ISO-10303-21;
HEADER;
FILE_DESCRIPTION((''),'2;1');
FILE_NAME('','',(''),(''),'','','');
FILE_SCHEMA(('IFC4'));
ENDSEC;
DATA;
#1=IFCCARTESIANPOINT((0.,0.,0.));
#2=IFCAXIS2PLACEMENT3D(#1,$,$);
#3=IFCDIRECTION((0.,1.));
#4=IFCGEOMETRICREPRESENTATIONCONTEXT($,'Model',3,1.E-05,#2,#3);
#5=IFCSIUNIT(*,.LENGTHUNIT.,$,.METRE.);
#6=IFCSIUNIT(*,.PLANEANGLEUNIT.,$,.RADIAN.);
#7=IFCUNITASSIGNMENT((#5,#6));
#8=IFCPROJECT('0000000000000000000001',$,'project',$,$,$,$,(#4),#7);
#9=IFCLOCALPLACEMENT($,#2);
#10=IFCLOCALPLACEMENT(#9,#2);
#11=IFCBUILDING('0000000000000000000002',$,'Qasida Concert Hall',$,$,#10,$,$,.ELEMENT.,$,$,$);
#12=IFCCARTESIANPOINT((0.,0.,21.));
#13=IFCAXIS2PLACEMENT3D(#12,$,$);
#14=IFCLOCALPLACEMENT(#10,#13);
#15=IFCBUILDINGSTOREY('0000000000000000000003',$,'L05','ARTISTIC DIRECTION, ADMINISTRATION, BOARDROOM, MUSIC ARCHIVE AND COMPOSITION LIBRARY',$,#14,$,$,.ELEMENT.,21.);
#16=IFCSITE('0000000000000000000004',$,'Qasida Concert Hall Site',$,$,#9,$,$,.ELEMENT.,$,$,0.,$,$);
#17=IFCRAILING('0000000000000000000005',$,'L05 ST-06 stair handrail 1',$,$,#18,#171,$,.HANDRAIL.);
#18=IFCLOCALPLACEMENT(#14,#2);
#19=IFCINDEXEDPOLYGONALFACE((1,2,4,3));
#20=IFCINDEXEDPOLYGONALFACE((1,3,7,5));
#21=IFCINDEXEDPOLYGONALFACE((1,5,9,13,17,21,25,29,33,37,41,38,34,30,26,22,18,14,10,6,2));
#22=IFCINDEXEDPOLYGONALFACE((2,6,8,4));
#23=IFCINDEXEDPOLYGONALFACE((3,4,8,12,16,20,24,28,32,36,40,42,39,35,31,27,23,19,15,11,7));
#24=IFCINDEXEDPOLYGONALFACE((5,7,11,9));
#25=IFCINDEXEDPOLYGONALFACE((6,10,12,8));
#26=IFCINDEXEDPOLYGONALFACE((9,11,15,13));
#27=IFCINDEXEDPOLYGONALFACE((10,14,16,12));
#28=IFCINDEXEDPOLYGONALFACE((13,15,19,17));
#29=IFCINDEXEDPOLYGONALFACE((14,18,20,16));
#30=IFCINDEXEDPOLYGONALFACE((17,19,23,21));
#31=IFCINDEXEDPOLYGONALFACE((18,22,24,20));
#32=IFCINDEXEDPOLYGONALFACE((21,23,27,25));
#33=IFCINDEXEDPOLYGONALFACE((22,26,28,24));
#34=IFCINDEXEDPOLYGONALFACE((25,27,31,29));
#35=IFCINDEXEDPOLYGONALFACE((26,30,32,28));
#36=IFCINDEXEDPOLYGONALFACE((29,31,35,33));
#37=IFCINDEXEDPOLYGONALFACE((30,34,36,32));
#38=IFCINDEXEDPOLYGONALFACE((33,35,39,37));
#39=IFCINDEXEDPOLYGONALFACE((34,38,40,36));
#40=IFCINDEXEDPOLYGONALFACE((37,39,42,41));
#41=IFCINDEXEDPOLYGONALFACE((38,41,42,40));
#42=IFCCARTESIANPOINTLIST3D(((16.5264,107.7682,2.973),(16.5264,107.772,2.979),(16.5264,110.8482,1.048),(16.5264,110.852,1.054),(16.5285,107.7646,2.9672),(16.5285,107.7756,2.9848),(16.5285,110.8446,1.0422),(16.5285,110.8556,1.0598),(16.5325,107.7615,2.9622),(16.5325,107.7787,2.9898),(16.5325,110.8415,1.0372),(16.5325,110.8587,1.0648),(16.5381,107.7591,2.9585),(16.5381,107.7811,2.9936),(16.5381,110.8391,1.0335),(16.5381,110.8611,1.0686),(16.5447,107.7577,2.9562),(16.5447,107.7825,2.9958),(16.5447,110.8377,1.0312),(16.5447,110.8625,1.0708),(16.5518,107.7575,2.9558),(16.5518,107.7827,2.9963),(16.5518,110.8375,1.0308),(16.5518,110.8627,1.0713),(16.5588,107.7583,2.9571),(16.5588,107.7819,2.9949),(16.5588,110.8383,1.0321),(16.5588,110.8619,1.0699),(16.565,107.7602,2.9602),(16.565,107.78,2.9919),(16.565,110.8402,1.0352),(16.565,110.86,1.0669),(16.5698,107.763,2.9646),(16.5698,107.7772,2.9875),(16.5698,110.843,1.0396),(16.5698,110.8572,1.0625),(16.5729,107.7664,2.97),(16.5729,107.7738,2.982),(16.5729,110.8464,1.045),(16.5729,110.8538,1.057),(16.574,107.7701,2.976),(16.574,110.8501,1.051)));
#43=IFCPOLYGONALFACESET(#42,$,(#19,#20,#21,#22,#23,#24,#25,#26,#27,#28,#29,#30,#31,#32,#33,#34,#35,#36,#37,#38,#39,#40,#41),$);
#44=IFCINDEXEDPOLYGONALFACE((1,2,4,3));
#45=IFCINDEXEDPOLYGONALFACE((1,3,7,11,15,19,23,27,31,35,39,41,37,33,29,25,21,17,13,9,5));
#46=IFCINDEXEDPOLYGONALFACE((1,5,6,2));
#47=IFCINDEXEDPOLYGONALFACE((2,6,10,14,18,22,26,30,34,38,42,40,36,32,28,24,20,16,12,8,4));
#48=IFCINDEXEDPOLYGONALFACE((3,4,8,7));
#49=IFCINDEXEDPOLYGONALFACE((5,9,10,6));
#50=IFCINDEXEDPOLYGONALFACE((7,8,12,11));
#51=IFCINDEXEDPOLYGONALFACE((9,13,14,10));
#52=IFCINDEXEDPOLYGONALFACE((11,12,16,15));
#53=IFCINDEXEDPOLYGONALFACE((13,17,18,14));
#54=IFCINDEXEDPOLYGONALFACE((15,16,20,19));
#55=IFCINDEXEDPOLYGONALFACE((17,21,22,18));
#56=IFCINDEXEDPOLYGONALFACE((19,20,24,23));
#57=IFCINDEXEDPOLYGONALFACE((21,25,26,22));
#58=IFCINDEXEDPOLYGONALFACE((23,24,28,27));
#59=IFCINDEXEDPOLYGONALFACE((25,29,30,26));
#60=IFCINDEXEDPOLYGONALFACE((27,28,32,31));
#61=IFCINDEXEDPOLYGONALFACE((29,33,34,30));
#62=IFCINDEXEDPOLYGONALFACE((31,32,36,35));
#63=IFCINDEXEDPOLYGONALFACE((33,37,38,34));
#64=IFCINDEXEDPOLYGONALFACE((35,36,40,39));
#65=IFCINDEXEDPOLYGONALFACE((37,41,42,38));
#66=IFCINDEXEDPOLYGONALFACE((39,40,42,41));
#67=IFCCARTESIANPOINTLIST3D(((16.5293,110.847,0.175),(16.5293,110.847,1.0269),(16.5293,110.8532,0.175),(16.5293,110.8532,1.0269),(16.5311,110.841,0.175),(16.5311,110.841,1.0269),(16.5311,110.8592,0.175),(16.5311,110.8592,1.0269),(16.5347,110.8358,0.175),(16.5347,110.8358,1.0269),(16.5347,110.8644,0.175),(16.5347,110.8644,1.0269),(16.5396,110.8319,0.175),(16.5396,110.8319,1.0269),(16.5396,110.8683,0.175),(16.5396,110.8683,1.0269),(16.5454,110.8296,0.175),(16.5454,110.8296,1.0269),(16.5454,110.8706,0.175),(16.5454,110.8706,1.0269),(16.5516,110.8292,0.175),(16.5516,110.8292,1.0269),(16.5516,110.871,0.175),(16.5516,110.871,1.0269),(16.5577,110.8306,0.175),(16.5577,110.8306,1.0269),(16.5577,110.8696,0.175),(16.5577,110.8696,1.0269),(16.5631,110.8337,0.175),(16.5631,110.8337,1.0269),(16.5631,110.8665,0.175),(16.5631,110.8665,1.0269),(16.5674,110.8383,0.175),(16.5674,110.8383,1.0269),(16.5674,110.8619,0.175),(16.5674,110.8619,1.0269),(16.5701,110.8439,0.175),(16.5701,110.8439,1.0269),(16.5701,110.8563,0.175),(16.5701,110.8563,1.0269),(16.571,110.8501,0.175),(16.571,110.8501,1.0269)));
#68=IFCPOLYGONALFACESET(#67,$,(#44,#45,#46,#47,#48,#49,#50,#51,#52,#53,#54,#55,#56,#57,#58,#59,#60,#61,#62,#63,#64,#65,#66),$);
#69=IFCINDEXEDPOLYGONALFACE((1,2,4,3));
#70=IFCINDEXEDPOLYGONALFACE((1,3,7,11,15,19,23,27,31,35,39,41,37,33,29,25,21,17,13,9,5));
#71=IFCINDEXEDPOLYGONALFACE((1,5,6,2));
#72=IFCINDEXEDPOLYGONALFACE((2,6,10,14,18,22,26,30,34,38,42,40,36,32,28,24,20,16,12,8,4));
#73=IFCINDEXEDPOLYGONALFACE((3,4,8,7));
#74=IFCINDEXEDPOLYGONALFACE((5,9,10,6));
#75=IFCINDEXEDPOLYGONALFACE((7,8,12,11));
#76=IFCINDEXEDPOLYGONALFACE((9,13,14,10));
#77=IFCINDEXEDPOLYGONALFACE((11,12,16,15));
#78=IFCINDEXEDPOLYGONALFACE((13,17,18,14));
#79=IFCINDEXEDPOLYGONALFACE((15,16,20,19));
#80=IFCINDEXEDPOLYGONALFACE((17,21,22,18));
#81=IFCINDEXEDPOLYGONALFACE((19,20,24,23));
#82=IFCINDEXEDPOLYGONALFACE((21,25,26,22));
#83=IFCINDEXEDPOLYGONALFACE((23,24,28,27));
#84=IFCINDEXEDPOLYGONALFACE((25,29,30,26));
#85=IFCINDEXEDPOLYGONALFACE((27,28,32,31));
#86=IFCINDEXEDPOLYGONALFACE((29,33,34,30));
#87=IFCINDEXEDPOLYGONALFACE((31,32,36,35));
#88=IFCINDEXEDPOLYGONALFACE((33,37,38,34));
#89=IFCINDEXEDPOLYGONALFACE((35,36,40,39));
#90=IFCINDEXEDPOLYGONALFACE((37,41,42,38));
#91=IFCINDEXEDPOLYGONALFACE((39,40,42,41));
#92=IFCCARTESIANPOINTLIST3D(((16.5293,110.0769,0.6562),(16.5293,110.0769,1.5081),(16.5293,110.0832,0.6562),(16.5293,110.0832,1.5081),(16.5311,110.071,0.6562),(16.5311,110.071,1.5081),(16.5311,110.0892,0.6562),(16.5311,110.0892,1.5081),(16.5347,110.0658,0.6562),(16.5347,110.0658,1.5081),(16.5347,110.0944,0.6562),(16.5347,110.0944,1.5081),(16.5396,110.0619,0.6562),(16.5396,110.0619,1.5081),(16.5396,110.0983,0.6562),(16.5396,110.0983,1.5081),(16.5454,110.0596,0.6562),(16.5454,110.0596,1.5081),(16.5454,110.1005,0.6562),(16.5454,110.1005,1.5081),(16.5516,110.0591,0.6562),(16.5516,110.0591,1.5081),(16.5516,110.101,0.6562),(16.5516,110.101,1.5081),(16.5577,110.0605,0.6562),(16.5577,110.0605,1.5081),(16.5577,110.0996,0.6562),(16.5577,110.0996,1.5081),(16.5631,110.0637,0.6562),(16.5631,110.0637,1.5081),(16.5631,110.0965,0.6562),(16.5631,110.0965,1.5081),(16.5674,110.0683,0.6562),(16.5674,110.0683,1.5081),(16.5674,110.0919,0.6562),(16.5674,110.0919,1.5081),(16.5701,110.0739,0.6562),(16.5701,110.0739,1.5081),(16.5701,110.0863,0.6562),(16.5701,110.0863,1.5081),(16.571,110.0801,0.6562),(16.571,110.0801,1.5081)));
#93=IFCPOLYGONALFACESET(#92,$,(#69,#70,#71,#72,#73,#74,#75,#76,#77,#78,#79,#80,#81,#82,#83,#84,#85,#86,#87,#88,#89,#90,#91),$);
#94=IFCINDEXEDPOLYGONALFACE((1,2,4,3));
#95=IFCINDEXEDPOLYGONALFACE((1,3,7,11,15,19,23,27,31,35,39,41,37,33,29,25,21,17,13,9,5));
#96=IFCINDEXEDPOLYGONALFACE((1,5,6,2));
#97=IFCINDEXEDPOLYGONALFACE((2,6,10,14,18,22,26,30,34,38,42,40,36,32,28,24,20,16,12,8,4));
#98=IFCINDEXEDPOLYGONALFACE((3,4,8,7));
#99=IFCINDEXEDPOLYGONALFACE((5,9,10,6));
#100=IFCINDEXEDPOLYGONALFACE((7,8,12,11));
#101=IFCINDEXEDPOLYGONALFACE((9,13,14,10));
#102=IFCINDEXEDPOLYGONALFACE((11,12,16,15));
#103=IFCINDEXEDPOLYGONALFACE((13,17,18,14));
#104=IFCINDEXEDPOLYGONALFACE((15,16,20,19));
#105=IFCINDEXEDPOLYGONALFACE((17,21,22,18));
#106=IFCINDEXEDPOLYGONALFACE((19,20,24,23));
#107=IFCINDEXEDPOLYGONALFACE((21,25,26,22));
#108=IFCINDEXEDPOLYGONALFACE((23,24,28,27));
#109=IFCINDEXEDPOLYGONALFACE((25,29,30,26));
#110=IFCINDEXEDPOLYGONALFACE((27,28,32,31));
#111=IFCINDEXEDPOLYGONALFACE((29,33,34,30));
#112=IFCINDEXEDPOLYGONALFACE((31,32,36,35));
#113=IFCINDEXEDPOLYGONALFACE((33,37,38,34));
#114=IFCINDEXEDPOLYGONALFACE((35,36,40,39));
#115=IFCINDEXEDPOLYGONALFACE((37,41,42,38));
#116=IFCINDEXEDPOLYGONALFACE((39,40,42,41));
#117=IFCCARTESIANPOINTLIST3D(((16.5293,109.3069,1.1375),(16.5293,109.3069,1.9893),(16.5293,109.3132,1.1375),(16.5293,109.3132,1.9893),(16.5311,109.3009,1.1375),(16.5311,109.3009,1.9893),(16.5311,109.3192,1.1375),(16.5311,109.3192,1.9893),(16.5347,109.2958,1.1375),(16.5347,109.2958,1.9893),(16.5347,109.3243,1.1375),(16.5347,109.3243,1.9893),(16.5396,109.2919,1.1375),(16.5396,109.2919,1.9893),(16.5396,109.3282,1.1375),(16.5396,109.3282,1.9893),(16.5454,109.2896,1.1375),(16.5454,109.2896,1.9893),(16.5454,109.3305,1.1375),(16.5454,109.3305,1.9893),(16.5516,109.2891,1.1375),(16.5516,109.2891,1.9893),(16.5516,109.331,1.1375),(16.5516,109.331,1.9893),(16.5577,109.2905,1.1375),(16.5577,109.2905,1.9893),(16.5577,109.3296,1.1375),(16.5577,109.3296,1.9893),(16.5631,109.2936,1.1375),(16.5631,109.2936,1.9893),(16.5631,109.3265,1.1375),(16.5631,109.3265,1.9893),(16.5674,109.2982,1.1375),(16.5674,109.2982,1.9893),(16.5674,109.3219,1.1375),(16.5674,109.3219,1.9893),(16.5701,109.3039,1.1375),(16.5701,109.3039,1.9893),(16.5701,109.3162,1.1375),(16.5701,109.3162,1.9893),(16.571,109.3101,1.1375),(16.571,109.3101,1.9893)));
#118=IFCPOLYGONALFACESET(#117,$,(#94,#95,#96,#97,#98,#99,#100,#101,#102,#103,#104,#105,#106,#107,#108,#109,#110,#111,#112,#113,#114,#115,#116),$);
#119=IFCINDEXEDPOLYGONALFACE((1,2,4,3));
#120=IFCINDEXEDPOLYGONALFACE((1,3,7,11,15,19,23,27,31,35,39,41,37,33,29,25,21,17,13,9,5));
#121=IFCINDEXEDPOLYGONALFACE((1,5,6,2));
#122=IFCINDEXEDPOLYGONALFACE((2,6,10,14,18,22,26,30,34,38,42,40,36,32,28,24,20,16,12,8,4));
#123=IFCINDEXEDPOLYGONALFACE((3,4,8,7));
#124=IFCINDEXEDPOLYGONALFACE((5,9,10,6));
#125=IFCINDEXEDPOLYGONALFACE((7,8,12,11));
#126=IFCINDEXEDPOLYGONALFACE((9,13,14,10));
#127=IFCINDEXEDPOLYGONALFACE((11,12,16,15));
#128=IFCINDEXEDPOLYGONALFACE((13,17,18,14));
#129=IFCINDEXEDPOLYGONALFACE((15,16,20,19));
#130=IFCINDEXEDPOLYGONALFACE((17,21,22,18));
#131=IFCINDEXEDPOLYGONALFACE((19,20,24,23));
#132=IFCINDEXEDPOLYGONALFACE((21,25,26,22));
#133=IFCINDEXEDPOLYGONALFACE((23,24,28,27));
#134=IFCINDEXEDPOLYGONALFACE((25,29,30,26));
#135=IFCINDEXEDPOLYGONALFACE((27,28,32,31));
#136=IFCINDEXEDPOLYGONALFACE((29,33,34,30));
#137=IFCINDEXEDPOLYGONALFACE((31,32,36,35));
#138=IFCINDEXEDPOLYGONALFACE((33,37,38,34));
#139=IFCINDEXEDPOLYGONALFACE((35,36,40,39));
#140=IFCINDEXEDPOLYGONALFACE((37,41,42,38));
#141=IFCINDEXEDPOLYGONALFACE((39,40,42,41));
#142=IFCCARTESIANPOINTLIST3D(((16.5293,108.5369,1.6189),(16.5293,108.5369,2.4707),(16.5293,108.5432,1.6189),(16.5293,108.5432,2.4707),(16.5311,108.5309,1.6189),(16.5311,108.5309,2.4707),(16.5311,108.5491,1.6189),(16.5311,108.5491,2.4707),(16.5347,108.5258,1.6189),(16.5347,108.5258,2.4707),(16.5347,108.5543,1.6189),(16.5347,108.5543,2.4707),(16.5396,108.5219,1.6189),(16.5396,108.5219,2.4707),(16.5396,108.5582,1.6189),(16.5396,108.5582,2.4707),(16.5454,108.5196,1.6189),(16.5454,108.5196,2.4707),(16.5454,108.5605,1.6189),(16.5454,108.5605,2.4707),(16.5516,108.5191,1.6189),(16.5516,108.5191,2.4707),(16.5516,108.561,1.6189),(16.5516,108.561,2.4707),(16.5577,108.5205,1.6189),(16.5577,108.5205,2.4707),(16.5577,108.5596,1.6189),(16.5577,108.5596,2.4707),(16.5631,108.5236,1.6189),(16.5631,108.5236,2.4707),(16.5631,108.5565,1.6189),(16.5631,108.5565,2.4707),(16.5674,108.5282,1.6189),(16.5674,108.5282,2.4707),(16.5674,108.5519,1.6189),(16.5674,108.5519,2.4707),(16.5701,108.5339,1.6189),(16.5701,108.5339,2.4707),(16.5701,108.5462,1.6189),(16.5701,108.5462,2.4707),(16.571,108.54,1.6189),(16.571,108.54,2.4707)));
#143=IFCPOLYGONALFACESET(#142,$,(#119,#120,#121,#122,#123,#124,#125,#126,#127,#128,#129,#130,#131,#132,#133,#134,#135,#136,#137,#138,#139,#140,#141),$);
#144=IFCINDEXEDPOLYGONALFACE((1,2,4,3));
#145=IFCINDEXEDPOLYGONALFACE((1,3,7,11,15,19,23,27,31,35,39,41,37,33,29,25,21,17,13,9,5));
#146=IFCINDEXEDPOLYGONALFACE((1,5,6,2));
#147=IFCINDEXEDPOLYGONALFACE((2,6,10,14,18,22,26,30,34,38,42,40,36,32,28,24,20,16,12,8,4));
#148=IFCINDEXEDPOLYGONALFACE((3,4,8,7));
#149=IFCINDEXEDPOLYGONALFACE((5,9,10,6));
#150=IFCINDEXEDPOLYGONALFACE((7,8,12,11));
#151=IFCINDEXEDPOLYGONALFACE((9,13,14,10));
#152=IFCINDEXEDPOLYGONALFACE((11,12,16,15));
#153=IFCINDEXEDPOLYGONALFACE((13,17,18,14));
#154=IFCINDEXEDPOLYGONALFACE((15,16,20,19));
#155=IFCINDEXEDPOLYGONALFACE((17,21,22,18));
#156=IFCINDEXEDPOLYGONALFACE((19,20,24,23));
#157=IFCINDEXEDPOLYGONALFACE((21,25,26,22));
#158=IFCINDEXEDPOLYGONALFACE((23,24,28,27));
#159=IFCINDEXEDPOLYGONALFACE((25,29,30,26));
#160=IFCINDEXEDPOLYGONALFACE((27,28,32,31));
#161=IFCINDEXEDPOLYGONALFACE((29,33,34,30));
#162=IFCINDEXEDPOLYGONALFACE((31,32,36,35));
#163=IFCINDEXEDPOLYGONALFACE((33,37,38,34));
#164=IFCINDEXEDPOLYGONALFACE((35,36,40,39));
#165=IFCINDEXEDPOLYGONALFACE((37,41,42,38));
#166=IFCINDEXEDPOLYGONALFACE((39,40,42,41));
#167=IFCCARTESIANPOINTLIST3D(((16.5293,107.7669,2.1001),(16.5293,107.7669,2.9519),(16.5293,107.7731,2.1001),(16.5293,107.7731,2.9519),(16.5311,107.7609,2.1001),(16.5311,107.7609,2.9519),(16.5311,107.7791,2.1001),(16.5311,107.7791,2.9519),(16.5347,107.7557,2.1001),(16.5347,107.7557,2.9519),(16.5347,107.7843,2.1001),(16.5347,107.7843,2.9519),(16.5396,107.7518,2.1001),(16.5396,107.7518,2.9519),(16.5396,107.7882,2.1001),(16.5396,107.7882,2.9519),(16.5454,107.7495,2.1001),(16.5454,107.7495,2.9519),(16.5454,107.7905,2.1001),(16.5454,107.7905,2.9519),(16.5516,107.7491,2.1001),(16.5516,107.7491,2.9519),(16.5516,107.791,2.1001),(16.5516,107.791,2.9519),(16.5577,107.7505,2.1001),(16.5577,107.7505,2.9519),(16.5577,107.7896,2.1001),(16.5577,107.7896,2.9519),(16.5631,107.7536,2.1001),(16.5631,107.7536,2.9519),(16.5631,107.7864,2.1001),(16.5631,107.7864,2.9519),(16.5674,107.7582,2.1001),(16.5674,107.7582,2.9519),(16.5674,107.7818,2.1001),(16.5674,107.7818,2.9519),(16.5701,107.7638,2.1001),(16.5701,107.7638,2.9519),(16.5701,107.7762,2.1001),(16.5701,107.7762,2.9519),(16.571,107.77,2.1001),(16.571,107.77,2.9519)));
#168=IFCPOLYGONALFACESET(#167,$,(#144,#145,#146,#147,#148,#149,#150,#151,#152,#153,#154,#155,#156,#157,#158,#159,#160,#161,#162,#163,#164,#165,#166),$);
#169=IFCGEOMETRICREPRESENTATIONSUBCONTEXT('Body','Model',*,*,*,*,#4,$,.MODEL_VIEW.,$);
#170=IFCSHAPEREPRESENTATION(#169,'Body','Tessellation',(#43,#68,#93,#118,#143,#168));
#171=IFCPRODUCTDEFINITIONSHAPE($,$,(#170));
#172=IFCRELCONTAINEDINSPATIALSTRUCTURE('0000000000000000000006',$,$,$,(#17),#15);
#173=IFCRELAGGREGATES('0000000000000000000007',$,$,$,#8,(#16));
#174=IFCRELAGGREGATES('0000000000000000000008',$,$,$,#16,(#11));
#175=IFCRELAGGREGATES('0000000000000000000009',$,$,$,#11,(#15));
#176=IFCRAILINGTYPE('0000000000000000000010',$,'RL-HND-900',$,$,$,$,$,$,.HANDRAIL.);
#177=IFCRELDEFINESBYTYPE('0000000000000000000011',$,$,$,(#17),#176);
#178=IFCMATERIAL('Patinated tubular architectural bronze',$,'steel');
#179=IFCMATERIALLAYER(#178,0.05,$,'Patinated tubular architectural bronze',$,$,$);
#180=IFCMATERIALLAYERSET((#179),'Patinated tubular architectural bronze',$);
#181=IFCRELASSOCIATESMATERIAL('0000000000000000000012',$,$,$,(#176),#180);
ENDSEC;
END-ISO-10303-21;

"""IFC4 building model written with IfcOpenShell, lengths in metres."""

from ifc_helpers import new_model, si_unit, direction, frame, origin, origin_2d, place, context, subcontext, project, spatial, circle, extrude, material, layer, layer_set, type_object, element, save


model = new_model("IFC4")

# Units and contexts
model_context = context("Model", 3, precision=1e-05, world=origin(), true_north=direction((0.0, 1.0)))
body_context = subcontext(model_context, "Body", "Model", "MODEL_VIEW")
ifc_project = project(units=[si_unit("LENGTHUNIT", "METRE"), si_unit("PLANEANGLEUNIT", "RADIAN")], contexts=[model_context])

# Site, building, storey
site_placement = place(None, origin())
site = spatial("IfcSite", under=ifc_project, at=site_placement, Name="Qasida Concert Hall Site", CompositionType="ELEMENT", RefElevation=0.0)
building_placement = place(site_placement, origin())
building = spatial("IfcBuilding", under=site, at=building_placement, Name="Qasida Concert Hall", CompositionType="ELEMENT")
storey_placement = place(building_placement, frame((0.0, 0.0, 21.0)))
storey = spatial("IfcBuildingStorey", under=building, at=storey_placement, Name="L05", Description="ARTISTIC DIRECTION, ADMINISTRATION, BOARDROOM, MUSIC ARCHIVE AND COMPOSITION LIBRARY", CompositionType="ELEMENT", Elevation=21.0)

# Railing
ifc_material_1 = material(Name="Patinated tubular architectural bronze", Category="steel")
ifc_layer_1 = layer(ifc_material_1, 0.05, Name="Patinated tubular architectural bronze")
ifc_layer_set_1 = layer_set([ifc_layer_1], Name="Patinated tubular architectural bronze")
railing_type_1 = type_object("IfcRailingType", Name="RL-HND-900", PredefinedType="HANDRAIL", material=ifc_layer_set_1)
railing_1_placement = place(storey_placement, frame((16.55, 110.8501, 0.175)))
element("IfcRailing", 1, at=railing_1_placement, inside=storey, type_object=railing_type_1, Name="L05 ST-06 stair handrail 1", PredefinedType="HANDRAIL", context=body_context, shape_type="SweptSolid", body=[
    extrude(circle(Radius=0.0239, at=origin_2d()), frame((0.0, 0.0, 0.876), z_axis=(0.0, -0.847998, 0.529999), x_axis=(1.0, 0.0, 0.0)), (0.0, 0.0, 1.0), 3.6321),
    extrude(circle(Radius=0.021, at=origin_2d()), origin(), (0.0, 0.0, 1.0), 0.8518),
    extrude(circle(Radius=0.021, at=origin_2d()), frame((0.0, -0.77, 0.4812)), (0.0, 0.0, 1.0), 0.8518),
    extrude(circle(Radius=0.021, at=origin_2d()), frame((0.0, -1.54, 0.9624)), (0.0, 0.0, 1.0), 0.8518),
    extrude(circle(Radius=0.021, at=origin_2d()), frame((0.0, -2.3101, 1.4438)), (0.0, 0.0, 1.0), 0.8518),
    extrude(circle(Radius=0.021, at=origin_2d()), frame((0.0, -3.0801, 1.925)), (0.0, 0.0, 1.0), 0.8518),
])

save(model, "model.ifc")
